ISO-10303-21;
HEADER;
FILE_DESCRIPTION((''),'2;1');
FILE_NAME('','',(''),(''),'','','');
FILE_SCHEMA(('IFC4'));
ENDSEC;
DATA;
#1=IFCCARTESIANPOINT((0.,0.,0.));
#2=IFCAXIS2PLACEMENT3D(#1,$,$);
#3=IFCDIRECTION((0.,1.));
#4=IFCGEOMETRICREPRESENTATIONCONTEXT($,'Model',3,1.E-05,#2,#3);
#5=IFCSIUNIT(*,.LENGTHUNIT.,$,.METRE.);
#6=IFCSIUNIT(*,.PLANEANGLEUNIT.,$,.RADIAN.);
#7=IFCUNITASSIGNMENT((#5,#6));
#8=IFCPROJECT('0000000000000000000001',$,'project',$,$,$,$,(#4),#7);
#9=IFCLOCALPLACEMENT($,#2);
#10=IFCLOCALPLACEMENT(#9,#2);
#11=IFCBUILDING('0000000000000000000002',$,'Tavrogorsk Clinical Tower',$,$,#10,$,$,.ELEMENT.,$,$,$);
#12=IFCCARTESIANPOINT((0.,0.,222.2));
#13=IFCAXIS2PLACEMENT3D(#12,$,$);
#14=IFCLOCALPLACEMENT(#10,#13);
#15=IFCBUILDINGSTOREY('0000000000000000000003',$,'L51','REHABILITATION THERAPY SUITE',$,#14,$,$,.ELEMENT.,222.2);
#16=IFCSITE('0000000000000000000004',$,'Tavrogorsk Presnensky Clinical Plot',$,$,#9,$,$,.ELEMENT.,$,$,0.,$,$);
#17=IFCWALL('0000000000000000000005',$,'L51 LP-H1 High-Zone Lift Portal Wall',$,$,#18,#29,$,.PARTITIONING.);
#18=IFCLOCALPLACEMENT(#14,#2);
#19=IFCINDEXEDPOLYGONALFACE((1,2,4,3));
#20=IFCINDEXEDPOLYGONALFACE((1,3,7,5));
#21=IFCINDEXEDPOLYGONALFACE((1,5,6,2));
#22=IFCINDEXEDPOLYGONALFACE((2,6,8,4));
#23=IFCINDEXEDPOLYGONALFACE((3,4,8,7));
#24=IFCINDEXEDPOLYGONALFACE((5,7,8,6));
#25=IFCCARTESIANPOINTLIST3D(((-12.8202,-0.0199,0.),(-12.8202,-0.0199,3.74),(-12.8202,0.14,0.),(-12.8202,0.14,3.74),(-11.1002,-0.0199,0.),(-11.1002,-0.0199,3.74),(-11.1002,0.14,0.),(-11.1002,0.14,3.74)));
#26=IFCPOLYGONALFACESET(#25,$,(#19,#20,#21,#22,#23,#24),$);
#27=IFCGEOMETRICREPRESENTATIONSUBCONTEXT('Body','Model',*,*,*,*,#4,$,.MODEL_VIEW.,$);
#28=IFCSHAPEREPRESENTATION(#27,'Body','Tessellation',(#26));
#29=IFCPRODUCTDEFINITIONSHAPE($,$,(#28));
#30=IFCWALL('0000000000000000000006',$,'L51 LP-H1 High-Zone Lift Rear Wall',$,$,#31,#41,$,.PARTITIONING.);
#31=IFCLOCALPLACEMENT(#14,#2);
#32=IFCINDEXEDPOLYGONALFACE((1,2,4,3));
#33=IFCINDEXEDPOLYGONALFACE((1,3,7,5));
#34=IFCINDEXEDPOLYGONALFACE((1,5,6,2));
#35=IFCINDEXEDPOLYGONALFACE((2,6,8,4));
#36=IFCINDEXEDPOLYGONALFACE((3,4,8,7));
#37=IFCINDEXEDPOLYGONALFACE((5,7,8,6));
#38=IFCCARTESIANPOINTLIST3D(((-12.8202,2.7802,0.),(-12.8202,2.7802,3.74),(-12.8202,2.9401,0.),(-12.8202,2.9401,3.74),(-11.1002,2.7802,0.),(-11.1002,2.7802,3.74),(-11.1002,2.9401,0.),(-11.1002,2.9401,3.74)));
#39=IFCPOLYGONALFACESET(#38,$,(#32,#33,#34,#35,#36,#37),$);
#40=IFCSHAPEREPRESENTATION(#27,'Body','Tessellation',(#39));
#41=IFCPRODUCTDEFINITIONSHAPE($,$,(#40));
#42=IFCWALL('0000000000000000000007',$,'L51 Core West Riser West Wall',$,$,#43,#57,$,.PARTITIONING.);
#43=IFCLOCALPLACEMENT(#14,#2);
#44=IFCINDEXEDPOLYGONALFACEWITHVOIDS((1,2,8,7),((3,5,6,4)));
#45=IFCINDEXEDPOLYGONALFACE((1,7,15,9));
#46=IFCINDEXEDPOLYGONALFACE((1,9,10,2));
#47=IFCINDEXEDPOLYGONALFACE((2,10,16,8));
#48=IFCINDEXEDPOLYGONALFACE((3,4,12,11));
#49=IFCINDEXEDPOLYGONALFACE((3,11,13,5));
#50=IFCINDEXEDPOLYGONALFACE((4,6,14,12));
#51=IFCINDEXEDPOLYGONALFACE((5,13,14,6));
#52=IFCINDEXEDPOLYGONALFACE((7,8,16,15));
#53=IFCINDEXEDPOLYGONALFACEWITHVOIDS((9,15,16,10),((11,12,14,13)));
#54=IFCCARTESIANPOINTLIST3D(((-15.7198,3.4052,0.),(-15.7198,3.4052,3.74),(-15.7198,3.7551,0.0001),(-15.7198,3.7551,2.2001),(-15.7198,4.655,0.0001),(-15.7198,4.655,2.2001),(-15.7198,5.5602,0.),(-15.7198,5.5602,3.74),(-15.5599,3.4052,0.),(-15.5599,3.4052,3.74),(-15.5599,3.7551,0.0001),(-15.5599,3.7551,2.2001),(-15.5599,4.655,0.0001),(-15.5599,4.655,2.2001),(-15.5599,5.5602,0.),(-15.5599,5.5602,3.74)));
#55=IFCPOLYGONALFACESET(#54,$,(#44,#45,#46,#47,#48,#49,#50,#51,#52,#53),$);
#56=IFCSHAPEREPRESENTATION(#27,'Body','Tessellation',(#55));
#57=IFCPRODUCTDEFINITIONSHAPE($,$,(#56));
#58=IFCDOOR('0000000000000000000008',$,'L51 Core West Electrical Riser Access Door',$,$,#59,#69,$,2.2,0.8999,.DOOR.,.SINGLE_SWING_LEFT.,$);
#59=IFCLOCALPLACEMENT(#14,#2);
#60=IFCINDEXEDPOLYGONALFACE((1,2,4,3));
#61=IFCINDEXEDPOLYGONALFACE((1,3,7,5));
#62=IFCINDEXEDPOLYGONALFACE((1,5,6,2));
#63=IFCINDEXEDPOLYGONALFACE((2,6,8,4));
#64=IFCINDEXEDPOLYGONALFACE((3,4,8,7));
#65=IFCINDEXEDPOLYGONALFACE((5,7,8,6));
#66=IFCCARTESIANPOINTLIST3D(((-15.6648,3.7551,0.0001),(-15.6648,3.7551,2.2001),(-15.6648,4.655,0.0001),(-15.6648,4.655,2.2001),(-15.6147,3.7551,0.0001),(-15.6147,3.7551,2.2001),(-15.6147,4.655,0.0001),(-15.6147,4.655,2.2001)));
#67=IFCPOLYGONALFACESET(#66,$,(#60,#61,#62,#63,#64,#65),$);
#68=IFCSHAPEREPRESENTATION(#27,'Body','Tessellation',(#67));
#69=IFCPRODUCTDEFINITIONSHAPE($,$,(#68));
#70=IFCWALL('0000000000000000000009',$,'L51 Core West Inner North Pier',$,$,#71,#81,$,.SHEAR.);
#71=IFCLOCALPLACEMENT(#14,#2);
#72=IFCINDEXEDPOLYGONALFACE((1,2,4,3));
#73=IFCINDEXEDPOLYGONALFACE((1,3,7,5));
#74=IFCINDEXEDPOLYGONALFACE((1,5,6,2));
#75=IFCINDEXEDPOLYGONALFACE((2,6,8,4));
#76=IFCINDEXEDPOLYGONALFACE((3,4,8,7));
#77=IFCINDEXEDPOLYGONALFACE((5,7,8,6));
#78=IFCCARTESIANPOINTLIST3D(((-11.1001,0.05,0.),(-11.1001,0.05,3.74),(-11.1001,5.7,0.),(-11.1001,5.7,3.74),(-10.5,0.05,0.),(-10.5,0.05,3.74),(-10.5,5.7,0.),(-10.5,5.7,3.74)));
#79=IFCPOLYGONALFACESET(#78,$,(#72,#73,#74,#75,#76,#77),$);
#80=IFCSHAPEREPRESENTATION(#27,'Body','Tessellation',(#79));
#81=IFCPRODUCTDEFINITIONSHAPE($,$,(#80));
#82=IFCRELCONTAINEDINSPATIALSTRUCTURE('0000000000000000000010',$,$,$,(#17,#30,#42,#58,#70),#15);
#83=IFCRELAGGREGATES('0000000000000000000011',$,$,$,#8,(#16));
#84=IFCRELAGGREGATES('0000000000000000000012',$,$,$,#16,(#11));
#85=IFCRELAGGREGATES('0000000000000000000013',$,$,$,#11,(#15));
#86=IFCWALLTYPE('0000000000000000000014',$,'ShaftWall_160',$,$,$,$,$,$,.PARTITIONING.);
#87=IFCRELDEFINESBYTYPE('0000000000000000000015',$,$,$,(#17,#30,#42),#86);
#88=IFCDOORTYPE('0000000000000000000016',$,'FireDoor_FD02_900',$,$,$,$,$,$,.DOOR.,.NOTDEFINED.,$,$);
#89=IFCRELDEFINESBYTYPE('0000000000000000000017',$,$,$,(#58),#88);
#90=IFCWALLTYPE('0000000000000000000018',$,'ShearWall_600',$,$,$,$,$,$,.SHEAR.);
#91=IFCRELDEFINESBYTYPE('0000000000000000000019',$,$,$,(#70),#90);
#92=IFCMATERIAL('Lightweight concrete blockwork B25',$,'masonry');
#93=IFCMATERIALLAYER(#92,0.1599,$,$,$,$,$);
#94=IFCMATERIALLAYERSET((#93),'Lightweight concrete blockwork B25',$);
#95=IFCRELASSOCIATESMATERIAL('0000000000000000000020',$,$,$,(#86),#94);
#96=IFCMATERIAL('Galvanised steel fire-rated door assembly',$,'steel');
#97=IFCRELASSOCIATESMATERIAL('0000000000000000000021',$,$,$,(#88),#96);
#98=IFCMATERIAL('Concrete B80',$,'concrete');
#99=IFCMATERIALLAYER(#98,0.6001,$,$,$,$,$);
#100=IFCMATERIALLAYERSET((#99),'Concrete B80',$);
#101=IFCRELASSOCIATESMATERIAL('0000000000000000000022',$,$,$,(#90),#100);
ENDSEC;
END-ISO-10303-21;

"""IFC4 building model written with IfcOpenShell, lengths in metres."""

from ifc_helpers import new_model, si_unit, direction, frame, frame_2d, origin, place, context, subcontext, project, spatial, rectangle, extrude, material, layer, layer_set, type_object, element, fill, save


model = new_model("IFC4")

# Units and contexts
model_context = context("Model", 3, precision=1e-05, world=origin(), true_north=direction((0.0, 1.0)))
body_context = subcontext(model_context, "Body", "Model", "MODEL_VIEW")
ifc_project = project(units=[si_unit("LENGTHUNIT", "METRE"), si_unit("PLANEANGLEUNIT", "RADIAN")], contexts=[model_context])

# Site, building, storey
site_placement = place(None, origin())
site = spatial("IfcSite", under=ifc_project, at=site_placement, Name="Tavrogorsk Presnensky Clinical Plot", CompositionType="ELEMENT", RefElevation=0.0)
building_placement = place(site_placement, origin())
building = spatial("IfcBuilding", under=site, at=building_placement, Name="Tavrogorsk Clinical Tower", CompositionType="ELEMENT")
storey_placement = place(building_placement, frame((0.0, 0.0, 222.2)))
storey = spatial("IfcBuildingStorey", under=building, at=storey_placement, Name="L51", Description="REHABILITATION THERAPY SUITE", CompositionType="ELEMENT", Elevation=222.2)

# Shared definitions
ifc_material_1 = material(Name="Lightweight concrete blockwork B25", Category="masonry")
ifc_layer_1 = layer(ifc_material_1, 0.1599)
ifc_layer_set_1 = layer_set([ifc_layer_1], Name="Lightweight concrete blockwork B25")
wall_type_1 = type_object("IfcWallType", Name="ShaftWall_160", PredefinedType="PARTITIONING", material=ifc_layer_set_1)

# Walls
for number, where, z_axis, x_axis, name in (
    (1, (-12.8201, 0.0601, 0.0), (0.0, 0.0, 1.0), (1.0, 0.0, 0.0), "L51 LP-H1 High-Zone Lift Portal Wall"),
    (2, (-12.8201, 2.8601, 0.0), (0.0, 0.0, 1.0), (1.0, 0.0, 0.0), "L51 LP-H1 High-Zone Lift Rear Wall"),
):
    element("IfcWall", number, at=place(storey_placement, frame(where, z_axis=z_axis, x_axis=x_axis)), inside=storey, type_object=wall_type_1, Name=name, PredefinedType="PARTITIONING", context=body_context, shape_type="SweptSolid", body=[
        extrude(rectangle(XDim=1.72, YDim=0.1599, at=frame_2d((0.8599, 0.0))), origin(), (0.0, 0.0, 1.0), 3.74),
    ])

# Wall, opening, door
wall_1_placement = place(storey_placement, frame((-15.6399, 3.405, 0.0), z_axis=(0.0, 0.0, 1.0), x_axis=(0.0, 1.0, 0.0)))
wall_1 = element("IfcWall", 3, at=wall_1_placement, inside=storey, type_object=wall_type_1, Name="L51 Core West Riser West Wall", PredefinedType="PARTITIONING", context=body_context, shape_type="SweptSolid", body=[
    extrude(rectangle(XDim=2.155, YDim=0.1599, at=frame_2d((1.0776, 0.0))), origin(), (0.0, 0.0, 1.0), 3.74),
])
opening_1_placement = place(wall_1_placement, frame((0.3501, 0.0, 0.0)))
opening_1 = element("IfcOpeningElement", 4, at=opening_1_placement, cuts=wall_1, PredefinedType="OPENING", context=body_context, shape_type="SweptSolid", body=[
    extrude(rectangle(XDim=0.8999, YDim=2.2, at=frame_2d((0.45, 1.1001))), frame((0.0, 0.0898, 0.0), z_axis=(0.0, -1.0, 0.0), x_axis=(1.0, 0.0, 0.0)), (0.0, 0.0, 1.0), 0.1799),
])
ifc_material_2 = material(Name="Galvanised steel fire-rated door assembly", Category="steel")
door_type_1 = type_object("IfcDoorType", Name="FireDoor_FD02_900", OperationType="NOTDEFINED", PredefinedType="DOOR", material=ifc_material_2)
door_1_placement = place(opening_1_placement, origin())
door_1 = element("IfcDoor", 5, at=door_1_placement, inside=storey, type_object=door_type_1, Name="L51 Core West Electrical Riser Access Door", OperationType="SINGLE_SWING_LEFT", OverallHeight=2.2, OverallWidth=0.8999, PredefinedType="DOOR", context=body_context, shape_type="SweptSolid", body=[
    extrude(rectangle(XDim=0.8999, YDim=2.2, at=frame_2d((0.45, 1.1001))), frame((0.0, 0.0249, 0.0), z_axis=(0.0, -1.0, 0.0), x_axis=(1.0, 0.0, 0.0)), (0.0, 0.0, 1.0), 0.05),
])
fill(opening_1, door_1)

# Wall
ifc_material_3 = material(Name="Concrete B80", Category="concrete")
ifc_layer_2 = layer(ifc_material_3, 0.6001)
ifc_layer_set_2 = layer_set([ifc_layer_2], Name="Concrete B80")
wall_type_2 = type_object("IfcWallType", Name="ShearWall_600", PredefinedType="SHEAR", material=ifc_layer_set_2)
wall_2_placement = place(storey_placement, frame((-10.8, 0.05, 0.0), z_axis=(0.0, 0.0, 1.0), x_axis=(0.0, 1.0, 0.0)))
element("IfcWall", 6, at=wall_2_placement, inside=storey, type_object=wall_type_2, Name="L51 Core West Inner North Pier", PredefinedType="SHEAR", context=body_context, shape_type="SweptSolid", body=[
    extrude(rectangle(XDim=5.6499, YDim=0.6001, at=frame_2d((2.825, 0.0))), origin(), (0.0, 0.0, 1.0), 3.74),
])

save(model, "model.ifc")
